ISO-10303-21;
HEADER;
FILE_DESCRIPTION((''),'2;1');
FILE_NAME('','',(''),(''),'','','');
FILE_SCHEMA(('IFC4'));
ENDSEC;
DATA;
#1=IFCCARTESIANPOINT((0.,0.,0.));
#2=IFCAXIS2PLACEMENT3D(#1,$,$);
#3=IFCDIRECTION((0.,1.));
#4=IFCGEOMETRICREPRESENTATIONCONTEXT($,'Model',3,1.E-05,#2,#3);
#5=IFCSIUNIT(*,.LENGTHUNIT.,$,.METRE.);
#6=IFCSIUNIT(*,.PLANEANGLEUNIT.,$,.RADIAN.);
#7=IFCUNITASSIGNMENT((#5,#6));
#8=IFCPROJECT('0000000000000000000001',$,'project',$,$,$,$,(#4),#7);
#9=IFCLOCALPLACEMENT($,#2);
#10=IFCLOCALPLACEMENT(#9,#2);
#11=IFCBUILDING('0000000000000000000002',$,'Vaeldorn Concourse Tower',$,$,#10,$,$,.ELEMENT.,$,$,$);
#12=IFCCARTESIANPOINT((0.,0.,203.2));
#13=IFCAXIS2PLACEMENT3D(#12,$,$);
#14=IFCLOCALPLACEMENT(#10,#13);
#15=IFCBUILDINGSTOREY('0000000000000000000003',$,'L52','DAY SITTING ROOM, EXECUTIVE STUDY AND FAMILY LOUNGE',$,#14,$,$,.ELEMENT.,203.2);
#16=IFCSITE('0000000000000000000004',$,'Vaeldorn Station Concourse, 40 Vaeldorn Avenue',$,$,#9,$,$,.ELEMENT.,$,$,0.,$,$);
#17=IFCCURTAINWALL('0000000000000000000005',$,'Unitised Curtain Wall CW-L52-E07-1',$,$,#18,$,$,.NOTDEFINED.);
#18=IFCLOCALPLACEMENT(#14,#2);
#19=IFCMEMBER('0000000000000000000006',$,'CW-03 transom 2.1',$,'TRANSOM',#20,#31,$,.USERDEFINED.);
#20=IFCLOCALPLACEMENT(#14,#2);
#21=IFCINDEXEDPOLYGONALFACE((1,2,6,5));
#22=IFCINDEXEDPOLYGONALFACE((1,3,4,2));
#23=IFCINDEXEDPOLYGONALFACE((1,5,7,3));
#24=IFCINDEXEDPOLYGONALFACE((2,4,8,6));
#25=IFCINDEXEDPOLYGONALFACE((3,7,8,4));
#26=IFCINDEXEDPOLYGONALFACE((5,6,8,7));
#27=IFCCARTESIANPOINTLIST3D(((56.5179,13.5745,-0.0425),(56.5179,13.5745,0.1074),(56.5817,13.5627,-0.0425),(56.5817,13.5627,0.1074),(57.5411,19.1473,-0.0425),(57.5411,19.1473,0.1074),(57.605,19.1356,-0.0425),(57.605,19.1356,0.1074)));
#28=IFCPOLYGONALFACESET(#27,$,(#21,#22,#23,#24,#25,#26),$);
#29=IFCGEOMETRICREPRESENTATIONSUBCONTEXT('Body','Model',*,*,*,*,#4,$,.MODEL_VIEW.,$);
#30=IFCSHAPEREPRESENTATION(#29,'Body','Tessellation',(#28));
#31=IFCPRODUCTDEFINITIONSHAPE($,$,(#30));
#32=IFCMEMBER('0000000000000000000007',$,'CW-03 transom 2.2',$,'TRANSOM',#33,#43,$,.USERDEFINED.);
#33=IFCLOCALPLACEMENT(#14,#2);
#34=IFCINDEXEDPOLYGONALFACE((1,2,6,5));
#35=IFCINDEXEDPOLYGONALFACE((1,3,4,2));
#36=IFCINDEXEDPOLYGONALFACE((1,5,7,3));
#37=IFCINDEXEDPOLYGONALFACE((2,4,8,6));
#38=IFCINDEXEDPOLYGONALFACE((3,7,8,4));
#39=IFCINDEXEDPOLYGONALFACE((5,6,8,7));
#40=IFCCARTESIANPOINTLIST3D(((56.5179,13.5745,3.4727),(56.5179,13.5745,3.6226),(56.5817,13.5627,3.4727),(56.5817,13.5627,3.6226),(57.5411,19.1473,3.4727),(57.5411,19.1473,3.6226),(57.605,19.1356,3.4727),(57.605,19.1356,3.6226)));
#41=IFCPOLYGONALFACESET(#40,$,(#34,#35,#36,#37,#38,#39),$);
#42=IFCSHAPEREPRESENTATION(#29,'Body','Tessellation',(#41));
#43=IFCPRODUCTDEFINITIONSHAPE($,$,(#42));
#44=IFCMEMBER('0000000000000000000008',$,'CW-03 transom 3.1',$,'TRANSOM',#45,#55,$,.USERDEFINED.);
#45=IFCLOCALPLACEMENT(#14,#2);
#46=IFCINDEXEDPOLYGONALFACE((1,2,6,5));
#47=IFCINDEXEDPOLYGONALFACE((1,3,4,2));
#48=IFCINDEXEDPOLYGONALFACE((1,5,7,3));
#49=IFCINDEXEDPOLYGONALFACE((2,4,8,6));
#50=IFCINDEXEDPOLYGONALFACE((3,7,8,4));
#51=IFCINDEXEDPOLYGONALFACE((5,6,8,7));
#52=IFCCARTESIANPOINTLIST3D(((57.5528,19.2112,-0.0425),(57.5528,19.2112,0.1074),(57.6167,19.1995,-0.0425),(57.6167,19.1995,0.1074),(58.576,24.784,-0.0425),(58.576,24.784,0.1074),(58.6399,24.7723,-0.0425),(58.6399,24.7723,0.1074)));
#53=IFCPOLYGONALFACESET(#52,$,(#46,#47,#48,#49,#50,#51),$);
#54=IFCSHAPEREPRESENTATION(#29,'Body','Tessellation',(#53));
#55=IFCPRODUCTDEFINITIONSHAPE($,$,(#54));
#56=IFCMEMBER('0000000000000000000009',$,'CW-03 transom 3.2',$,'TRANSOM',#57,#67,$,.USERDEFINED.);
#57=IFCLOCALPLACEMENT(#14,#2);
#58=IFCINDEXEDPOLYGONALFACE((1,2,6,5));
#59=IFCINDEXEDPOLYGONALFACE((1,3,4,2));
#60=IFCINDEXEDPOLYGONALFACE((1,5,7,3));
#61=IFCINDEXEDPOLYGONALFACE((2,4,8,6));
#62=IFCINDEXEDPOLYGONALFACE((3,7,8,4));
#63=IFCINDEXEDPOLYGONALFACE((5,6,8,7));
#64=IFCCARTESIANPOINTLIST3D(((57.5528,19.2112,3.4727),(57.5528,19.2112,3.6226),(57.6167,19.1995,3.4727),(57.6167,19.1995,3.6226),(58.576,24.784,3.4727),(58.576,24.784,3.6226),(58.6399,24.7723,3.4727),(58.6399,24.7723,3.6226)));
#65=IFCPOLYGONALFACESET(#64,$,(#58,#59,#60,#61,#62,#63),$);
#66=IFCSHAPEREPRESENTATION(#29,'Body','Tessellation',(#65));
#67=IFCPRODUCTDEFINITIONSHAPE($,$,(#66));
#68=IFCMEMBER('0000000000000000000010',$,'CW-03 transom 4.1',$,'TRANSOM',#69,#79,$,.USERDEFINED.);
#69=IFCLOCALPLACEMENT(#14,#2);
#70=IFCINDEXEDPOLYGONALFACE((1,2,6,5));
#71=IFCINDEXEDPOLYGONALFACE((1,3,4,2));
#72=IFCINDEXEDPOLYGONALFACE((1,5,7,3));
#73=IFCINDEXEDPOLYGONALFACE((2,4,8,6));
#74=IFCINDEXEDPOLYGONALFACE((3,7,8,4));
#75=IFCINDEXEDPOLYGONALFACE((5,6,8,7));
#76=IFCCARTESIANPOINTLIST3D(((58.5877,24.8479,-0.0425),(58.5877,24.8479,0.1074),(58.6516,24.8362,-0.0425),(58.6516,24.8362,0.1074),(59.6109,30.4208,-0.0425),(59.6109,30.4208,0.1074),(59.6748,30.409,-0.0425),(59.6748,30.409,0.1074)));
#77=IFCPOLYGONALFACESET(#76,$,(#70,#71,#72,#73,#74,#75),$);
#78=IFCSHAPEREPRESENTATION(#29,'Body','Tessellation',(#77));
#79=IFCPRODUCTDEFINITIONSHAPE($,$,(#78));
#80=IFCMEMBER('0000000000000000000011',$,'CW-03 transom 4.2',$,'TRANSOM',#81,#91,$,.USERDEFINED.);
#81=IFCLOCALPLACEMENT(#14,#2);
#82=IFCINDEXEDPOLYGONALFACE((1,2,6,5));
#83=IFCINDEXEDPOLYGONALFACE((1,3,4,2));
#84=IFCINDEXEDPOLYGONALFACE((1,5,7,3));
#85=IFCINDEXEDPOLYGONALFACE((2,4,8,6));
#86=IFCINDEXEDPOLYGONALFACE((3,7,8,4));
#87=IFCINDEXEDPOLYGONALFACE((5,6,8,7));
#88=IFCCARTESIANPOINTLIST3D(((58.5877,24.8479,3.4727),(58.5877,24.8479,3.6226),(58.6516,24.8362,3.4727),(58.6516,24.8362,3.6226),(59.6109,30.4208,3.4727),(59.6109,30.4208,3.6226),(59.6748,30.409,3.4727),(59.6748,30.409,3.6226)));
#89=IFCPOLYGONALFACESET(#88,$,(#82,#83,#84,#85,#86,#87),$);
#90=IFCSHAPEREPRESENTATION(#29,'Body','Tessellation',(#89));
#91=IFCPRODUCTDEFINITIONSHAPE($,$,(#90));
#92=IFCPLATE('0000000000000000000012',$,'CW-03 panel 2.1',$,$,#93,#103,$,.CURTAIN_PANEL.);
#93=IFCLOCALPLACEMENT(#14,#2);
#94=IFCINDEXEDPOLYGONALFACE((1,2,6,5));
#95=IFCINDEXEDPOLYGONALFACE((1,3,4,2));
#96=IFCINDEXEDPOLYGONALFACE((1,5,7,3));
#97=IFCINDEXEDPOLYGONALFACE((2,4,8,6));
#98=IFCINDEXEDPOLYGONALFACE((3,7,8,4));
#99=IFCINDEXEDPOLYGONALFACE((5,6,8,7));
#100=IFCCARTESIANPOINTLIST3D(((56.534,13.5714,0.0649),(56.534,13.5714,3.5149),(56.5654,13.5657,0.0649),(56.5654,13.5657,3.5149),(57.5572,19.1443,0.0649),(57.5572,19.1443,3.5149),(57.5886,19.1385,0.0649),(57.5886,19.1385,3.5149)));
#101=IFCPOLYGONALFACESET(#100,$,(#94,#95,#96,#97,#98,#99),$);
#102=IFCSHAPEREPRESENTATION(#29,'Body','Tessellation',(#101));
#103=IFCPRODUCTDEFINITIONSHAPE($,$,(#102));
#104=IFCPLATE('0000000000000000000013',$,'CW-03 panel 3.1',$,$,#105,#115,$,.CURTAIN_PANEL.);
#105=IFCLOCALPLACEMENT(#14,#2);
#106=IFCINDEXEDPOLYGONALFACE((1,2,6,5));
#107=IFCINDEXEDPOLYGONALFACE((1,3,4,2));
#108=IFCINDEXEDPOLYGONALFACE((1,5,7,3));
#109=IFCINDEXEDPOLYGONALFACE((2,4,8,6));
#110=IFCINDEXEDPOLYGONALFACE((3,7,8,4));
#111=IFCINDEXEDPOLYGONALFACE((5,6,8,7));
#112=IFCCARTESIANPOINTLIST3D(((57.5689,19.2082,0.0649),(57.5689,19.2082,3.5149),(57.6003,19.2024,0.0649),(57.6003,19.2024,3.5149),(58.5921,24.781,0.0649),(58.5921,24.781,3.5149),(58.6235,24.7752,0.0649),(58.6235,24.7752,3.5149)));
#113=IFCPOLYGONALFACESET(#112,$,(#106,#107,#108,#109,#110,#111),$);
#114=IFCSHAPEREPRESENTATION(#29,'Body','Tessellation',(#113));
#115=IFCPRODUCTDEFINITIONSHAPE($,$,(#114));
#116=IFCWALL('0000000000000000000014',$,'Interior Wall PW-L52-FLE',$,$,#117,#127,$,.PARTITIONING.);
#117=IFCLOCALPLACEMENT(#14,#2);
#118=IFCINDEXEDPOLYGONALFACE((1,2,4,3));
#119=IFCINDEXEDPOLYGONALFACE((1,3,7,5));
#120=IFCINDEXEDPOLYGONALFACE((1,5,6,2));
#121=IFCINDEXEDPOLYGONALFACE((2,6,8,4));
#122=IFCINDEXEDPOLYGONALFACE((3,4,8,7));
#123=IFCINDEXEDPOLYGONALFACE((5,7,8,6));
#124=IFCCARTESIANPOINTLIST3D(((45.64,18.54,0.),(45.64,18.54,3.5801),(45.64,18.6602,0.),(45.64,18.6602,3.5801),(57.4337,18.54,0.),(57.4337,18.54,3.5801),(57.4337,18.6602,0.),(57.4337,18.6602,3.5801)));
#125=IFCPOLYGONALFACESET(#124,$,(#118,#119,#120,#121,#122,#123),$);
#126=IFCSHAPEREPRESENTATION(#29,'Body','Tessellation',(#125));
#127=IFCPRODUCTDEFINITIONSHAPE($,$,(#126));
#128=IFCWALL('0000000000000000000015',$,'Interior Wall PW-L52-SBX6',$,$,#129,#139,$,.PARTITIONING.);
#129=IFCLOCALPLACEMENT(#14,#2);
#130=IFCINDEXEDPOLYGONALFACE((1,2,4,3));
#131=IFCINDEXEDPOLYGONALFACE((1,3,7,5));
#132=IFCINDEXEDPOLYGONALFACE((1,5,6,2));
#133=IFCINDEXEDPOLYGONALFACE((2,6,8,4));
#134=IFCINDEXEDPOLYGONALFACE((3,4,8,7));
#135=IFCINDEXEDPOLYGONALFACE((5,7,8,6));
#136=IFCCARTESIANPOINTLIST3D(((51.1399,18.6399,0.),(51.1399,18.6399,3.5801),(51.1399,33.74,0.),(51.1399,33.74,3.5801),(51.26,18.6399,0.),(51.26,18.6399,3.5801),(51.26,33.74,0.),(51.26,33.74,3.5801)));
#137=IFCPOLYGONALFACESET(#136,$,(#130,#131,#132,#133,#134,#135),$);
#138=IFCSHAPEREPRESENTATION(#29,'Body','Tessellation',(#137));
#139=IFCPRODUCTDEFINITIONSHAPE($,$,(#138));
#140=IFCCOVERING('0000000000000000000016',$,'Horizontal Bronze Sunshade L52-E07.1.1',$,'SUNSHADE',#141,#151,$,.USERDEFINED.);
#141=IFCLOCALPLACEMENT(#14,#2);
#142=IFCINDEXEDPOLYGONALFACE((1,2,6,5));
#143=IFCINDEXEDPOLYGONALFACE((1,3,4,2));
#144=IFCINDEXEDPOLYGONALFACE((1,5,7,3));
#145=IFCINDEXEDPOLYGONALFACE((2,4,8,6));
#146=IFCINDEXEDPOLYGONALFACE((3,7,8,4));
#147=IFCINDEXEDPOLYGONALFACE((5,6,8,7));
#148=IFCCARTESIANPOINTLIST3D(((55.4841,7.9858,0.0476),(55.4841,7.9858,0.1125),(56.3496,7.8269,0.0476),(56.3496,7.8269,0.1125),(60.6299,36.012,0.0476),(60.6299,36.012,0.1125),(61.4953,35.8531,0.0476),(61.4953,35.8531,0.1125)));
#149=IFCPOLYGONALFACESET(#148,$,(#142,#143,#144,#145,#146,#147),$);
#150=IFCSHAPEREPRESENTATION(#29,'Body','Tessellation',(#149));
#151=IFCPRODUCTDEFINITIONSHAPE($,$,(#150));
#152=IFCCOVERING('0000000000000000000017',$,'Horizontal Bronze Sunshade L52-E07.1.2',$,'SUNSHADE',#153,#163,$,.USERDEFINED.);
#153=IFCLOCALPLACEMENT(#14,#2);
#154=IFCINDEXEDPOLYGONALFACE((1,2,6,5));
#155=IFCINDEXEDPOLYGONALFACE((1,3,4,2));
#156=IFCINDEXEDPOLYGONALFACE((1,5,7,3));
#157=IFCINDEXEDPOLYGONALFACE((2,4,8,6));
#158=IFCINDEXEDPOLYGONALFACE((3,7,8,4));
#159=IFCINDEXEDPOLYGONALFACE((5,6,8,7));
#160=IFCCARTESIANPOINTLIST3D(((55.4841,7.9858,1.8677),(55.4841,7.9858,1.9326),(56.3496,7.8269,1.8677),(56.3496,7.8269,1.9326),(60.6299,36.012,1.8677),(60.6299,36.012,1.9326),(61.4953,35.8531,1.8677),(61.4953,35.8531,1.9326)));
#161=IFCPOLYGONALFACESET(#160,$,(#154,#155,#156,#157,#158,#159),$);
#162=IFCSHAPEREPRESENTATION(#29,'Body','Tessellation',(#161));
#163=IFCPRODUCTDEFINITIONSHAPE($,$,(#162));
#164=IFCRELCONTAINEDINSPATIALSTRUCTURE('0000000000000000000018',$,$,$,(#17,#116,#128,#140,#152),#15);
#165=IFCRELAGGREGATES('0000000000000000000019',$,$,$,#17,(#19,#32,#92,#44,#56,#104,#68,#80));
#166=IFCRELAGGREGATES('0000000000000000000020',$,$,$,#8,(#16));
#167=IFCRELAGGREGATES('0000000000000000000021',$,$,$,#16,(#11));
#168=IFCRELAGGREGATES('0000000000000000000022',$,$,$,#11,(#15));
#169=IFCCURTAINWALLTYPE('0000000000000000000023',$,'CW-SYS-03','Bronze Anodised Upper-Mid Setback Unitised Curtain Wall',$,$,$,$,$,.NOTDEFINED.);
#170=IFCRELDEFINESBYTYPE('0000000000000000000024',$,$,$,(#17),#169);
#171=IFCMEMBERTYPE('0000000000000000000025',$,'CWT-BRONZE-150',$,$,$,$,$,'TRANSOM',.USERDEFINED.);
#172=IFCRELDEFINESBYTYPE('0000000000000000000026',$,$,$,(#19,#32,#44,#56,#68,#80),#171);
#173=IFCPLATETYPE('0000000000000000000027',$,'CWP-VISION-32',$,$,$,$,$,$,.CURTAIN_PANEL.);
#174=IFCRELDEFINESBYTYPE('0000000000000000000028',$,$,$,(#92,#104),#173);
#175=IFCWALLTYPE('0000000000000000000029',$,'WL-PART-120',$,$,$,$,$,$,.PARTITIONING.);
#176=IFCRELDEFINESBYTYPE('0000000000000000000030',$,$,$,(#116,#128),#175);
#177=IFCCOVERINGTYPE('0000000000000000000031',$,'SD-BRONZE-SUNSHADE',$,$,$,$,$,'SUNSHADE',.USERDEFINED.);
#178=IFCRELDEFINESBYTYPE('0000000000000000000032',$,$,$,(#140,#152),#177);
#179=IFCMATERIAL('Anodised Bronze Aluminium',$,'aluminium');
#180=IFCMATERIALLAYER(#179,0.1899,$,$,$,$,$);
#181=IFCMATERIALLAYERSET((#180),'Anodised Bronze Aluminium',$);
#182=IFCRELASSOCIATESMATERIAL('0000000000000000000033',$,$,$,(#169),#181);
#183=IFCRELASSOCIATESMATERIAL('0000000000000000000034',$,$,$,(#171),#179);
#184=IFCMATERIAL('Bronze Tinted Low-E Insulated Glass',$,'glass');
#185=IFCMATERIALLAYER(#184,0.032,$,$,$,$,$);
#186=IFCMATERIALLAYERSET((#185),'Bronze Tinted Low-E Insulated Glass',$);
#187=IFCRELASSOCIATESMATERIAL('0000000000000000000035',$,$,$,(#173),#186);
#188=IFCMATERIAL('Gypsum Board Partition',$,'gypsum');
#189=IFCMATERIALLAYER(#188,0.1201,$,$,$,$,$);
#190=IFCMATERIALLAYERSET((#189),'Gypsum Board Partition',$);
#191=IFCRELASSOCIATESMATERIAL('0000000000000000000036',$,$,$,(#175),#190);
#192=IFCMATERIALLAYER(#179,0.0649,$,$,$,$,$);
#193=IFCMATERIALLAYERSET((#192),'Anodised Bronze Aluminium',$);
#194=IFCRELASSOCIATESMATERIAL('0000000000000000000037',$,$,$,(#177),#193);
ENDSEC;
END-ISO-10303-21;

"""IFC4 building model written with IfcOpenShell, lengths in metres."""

from ifc_helpers import new_model, si_unit, direction, frame, frame_2d, origin, origin_2d, place, context, subcontext, project, spatial, rectangle, extrude, source, transform, mapped, material, layer, layer_set, material_profile, profile_set, type_object, element, aggregate, save


model = new_model("IFC4")

# Units and contexts
model_context = context("Model", 3, precision=1e-05, world=origin(), true_north=direction((0.0, 1.0)))
body_context = subcontext(model_context, "Body", "Model", "MODEL_VIEW")
ifc_project = project(units=[si_unit("LENGTHUNIT", "METRE"), si_unit("PLANEANGLEUNIT", "RADIAN")], contexts=[model_context])

# Site, building, storey
site_placement = place(None, origin())
site = spatial("IfcSite", under=ifc_project, at=site_placement, Name="Vaeldorn Station Concourse, 40 Vaeldorn Avenue", CompositionType="ELEMENT", RefElevation=0.0)
building_placement = place(site_placement, origin())
building = spatial("IfcBuilding", under=site, at=building_placement, Name="Vaeldorn Concourse Tower", CompositionType="ELEMENT")
storey_placement = place(building_placement, frame((0.0, 0.0, 203.2)))
storey = spatial("IfcBuildingStorey", under=building, at=storey_placement, Name="L52", Description="DAY SITTING ROOM, EXECUTIVE STUDY AND FAMILY LOUNGE", CompositionType="ELEMENT", Elevation=203.2)

# Curtain wall, members, plates
ifc_material_1 = material(Name="Anodised Bronze Aluminium", Category="aluminium")
ifc_layer_1 = layer(ifc_material_1, 0.1899)
ifc_layer_set_1 = layer_set([ifc_layer_1], Name="Anodised Bronze Aluminium")
curtain_wall_type = type_object("IfcCurtainWallType", Name="CW-SYS-03", Description="Bronze Anodised Upper-Mid Setback Unitised Curtain Wall", PredefinedType="NOTDEFINED", material=ifc_layer_set_1)
curtain_wall_placement = place(storey_placement, origin())
curtain_wall = element("IfcCurtainWall", 1, at=curtain_wall_placement, inside=storey, type_object=curtain_wall_type, Name="Unitised Curtain Wall CW-L52-E07-1", PredefinedType="NOTDEFINED")
ifc_material_profile_1 = material_profile(ifc_material_1, rectangle(XDim=0.0649, YDim=0.1499, at=origin_2d()), Name="CWT 65x150")
ifc_profile_set_1 = profile_set([ifc_material_profile_1], Name="Anodised Bronze Aluminium")
member_type_1 = type_object("IfcMemberType", Name="CWT-BRONZE-150", ElementType="TRANSOM", PredefinedType="USERDEFINED", material=ifc_profile_set_1)
shared_shape_1 = source(origin(), body_context, "Body", "SweptSolid", [
    extrude(rectangle(XDim=0.0649, YDim=0.1499, at=origin_2d()), origin(), (0.0, 0.0, 1.0), 5.666),
])
member_1_placement = place(storey_placement, frame((56.5498, 13.5686, 0.0325), z_axis=(0.180588, 0.983559, 0.0), x_axis=(-0.983559, 0.180588, 0.0)))
member_1 = element("IfcMember", 2, at=member_1_placement, type_object=member_type_1, Name="CW-03 transom 2.1", ObjectType="TRANSOM", PredefinedType="USERDEFINED", context=body_context, shape_type="MappedRepresentation", body=[
    mapped(shared_shape_1, transform((0.0, 0.0, 0.0), scale=1.0)),
])
member_2_placement = place(storey_placement, frame((56.5498, 13.5686, 3.5476), z_axis=(0.180588, 0.983559, 0.0), x_axis=(-0.983559, 0.180588, 0.0)))
member_2 = element("IfcMember", 3, at=member_2_placement, type_object=member_type_1, Name="CW-03 transom 2.2", ObjectType="TRANSOM", PredefinedType="USERDEFINED", context=body_context, shape_type="MappedRepresentation", body=[
    mapped(shared_shape_1, transform((0.0, 0.0, 0.0), scale=1.0)),
])
member_3_placement = place(storey_placement, frame((57.5847, 19.2053, 0.0325), z_axis=(0.180588, 0.983559, 0.0), x_axis=(-0.983559, 0.180588, 0.0)))
member_3 = element("IfcMember", 4, at=member_3_placement, type_object=member_type_1, Name="CW-03 transom 3.1", ObjectType="TRANSOM", PredefinedType="USERDEFINED", context=body_context, shape_type="MappedRepresentation", body=[
    mapped(shared_shape_1, transform((0.0, 0.0, 0.0), scale=1.0)),
])
member_4_placement = place(storey_placement, frame((57.5847, 19.2053, 3.5476), z_axis=(0.180588, 0.983559, 0.0), x_axis=(-0.983559, 0.180588, 0.0)))
member_4 = element("IfcMember", 5, at=member_4_placement, type_object=member_type_1, Name="CW-03 transom 3.2", ObjectType="TRANSOM", PredefinedType="USERDEFINED", context=body_context, shape_type="MappedRepresentation", body=[
    mapped(shared_shape_1, transform((0.0, 0.0, 0.0), scale=1.0)),
])
member_5_placement = place(storey_placement, frame((58.6196, 24.842, 0.0325), z_axis=(0.180588, 0.983559, 0.0), x_axis=(-0.983559, 0.180588, 0.0)))
member_5 = element("IfcMember", 6, at=member_5_placement, type_object=member_type_1, Name="CW-03 transom 4.1", ObjectType="TRANSOM", PredefinedType="USERDEFINED", context=body_context, shape_type="MappedRepresentation", body=[
    mapped(shared_shape_1, transform((0.0, 0.0, 0.0), scale=1.0)),
])
member_6_placement = place(storey_placement, frame((58.6196, 24.842, 3.5476), z_axis=(0.180588, 0.983559, 0.0), x_axis=(-0.983559, 0.180588, 0.0)))
member_6 = element("IfcMember", 7, at=member_6_placement, type_object=member_type_1, Name="CW-03 transom 4.2", ObjectType="TRANSOM", PredefinedType="USERDEFINED", context=body_context, shape_type="MappedRepresentation", body=[
    mapped(shared_shape_1, transform((0.0, 0.0, 0.0), scale=1.0)),
])
ifc_material_2 = material(Name="Bronze Tinted Low-E Insulated Glass", Category="glass")
ifc_layer_2 = layer(ifc_material_2, 0.032)
ifc_layer_set_2 = layer_set([ifc_layer_2], Name="Bronze Tinted Low-E Insulated Glass")
plate_type = type_object("IfcPlateType", Name="CWP-VISION-32", PredefinedType="CURTAIN_PANEL", material=ifc_layer_set_2)
shared_shape_2 = source(origin(), body_context, "Body", "SweptSolid", [
    extrude(rectangle(XDim=5.666, YDim=0.032, at=origin_2d()), origin(), (0.0, 0.0, 1.0), 3.45),
])
plate_1_placement = place(storey_placement, frame((57.0613, 16.355, 0.0649), z_axis=(0.0, 0.0, 1.0), x_axis=(0.180585, 0.983559, 0.0)))
plate_1 = element("IfcPlate", 8, at=plate_1_placement, type_object=plate_type, Name="CW-03 panel 2.1", PredefinedType="CURTAIN_PANEL", context=body_context, shape_type="MappedRepresentation", body=[
    mapped(shared_shape_2, transform((0.0, 0.0, 0.0), scale=1.0)),
])
plate_2_placement = place(storey_placement, frame((58.0962, 21.9917, 0.0649), z_axis=(0.0, 0.0, 1.0), x_axis=(0.180585, 0.983559, 0.0)))
plate_2 = element("IfcPlate", 9, at=plate_2_placement, type_object=plate_type, Name="CW-03 panel 3.1", PredefinedType="CURTAIN_PANEL", context=body_context, shape_type="MappedRepresentation", body=[
    mapped(shared_shape_2, transform((0.0, 0.0, 0.0), scale=1.0)),
])
aggregate(curtain_wall, [member_1, member_2, plate_1, member_3, member_4, plate_2, member_5, member_6])

# Walls
ifc_material_3 = material(Name="Gypsum Board Partition", Category="gypsum")
ifc_layer_3 = layer(ifc_material_3, 0.1201)
ifc_layer_set_3 = layer_set([ifc_layer_3], Name="Gypsum Board Partition")
wall_type = type_object("IfcWallType", Name="WL-PART-120", PredefinedType="PARTITIONING", material=ifc_layer_set_3)
wall_1_placement = place(storey_placement, frame((45.6399, 18.6001, 0.0), z_axis=(0.0, 0.0, 1.0), x_axis=(1.0, 0.0, 0.0)))
element("IfcWall", 10, at=wall_1_placement, inside=storey, type_object=wall_type, Name="Interior Wall PW-L52-FLE", PredefinedType="PARTITIONING", context=body_context, shape_type="SweptSolid", body=[
    extrude(rectangle(XDim=11.7937, YDim=0.1201, at=frame_2d((5.897, 0.0))), origin(), (0.0, 0.0, 1.0), 3.5801),
])
wall_2_placement = place(storey_placement, frame((51.2, 18.6399, 0.0), z_axis=(0.0, 0.0, 1.0), x_axis=(0.0, 1.0, 0.0)))
element("IfcWall", 11, at=wall_2_placement, inside=storey, type_object=wall_type, Name="Interior Wall PW-L52-SBX6", PredefinedType="PARTITIONING", context=body_context, shape_type="SweptSolid", body=[
    extrude(rectangle(XDim=15.1001, YDim=0.1201, at=frame_2d((7.55, 0.0))), origin(), (0.0, 0.0, 1.0), 3.5801),
])

# Coverings
ifc_layer_4 = layer(ifc_material_1, 0.0649)
ifc_layer_set_4 = layer_set([ifc_layer_4], Name="Anodised Bronze Aluminium")
covering_type = type_object("IfcCoveringType", Name="SD-BRONZE-SUNSHADE", ElementType="SUNSHADE", PredefinedType="USERDEFINED", material=ifc_layer_set_4)
shared_shape_3 = source(origin(), body_context, "Body", "SweptSolid", [
    extrude(rectangle(XDim=28.4946, YDim=0.8799, at=origin_2d()), origin(), (0.0, 0.0, 1.0), 0.0649),
])
for number, where, z_axis, x_axis, name in (
    (12, (58.4897, 21.9194, 0.0476), (0.0, 0.0, 1.0), (0.180588, 0.983559, 0.0), "Horizontal Bronze Sunshade L52-E07.1.1"),
    (13, (58.4897, 21.9194, 1.8677), (0.0, 0.0, 1.0), (0.180588, 0.983559, 0.0), "Horizontal Bronze Sunshade L52-E07.1.2"),
):
    element("IfcCovering", number, at=place(storey_placement, frame(where, z_axis=z_axis, x_axis=x_axis)), inside=storey, type_object=covering_type, Name=name, ObjectType="SUNSHADE", PredefinedType="USERDEFINED", context=body_context, shape_type="MappedRepresentation", body=[
        mapped(shared_shape_3, transform((0.0, 0.0, 0.0), scale=1.0)),
    ])

save(model, "model.ifc")
